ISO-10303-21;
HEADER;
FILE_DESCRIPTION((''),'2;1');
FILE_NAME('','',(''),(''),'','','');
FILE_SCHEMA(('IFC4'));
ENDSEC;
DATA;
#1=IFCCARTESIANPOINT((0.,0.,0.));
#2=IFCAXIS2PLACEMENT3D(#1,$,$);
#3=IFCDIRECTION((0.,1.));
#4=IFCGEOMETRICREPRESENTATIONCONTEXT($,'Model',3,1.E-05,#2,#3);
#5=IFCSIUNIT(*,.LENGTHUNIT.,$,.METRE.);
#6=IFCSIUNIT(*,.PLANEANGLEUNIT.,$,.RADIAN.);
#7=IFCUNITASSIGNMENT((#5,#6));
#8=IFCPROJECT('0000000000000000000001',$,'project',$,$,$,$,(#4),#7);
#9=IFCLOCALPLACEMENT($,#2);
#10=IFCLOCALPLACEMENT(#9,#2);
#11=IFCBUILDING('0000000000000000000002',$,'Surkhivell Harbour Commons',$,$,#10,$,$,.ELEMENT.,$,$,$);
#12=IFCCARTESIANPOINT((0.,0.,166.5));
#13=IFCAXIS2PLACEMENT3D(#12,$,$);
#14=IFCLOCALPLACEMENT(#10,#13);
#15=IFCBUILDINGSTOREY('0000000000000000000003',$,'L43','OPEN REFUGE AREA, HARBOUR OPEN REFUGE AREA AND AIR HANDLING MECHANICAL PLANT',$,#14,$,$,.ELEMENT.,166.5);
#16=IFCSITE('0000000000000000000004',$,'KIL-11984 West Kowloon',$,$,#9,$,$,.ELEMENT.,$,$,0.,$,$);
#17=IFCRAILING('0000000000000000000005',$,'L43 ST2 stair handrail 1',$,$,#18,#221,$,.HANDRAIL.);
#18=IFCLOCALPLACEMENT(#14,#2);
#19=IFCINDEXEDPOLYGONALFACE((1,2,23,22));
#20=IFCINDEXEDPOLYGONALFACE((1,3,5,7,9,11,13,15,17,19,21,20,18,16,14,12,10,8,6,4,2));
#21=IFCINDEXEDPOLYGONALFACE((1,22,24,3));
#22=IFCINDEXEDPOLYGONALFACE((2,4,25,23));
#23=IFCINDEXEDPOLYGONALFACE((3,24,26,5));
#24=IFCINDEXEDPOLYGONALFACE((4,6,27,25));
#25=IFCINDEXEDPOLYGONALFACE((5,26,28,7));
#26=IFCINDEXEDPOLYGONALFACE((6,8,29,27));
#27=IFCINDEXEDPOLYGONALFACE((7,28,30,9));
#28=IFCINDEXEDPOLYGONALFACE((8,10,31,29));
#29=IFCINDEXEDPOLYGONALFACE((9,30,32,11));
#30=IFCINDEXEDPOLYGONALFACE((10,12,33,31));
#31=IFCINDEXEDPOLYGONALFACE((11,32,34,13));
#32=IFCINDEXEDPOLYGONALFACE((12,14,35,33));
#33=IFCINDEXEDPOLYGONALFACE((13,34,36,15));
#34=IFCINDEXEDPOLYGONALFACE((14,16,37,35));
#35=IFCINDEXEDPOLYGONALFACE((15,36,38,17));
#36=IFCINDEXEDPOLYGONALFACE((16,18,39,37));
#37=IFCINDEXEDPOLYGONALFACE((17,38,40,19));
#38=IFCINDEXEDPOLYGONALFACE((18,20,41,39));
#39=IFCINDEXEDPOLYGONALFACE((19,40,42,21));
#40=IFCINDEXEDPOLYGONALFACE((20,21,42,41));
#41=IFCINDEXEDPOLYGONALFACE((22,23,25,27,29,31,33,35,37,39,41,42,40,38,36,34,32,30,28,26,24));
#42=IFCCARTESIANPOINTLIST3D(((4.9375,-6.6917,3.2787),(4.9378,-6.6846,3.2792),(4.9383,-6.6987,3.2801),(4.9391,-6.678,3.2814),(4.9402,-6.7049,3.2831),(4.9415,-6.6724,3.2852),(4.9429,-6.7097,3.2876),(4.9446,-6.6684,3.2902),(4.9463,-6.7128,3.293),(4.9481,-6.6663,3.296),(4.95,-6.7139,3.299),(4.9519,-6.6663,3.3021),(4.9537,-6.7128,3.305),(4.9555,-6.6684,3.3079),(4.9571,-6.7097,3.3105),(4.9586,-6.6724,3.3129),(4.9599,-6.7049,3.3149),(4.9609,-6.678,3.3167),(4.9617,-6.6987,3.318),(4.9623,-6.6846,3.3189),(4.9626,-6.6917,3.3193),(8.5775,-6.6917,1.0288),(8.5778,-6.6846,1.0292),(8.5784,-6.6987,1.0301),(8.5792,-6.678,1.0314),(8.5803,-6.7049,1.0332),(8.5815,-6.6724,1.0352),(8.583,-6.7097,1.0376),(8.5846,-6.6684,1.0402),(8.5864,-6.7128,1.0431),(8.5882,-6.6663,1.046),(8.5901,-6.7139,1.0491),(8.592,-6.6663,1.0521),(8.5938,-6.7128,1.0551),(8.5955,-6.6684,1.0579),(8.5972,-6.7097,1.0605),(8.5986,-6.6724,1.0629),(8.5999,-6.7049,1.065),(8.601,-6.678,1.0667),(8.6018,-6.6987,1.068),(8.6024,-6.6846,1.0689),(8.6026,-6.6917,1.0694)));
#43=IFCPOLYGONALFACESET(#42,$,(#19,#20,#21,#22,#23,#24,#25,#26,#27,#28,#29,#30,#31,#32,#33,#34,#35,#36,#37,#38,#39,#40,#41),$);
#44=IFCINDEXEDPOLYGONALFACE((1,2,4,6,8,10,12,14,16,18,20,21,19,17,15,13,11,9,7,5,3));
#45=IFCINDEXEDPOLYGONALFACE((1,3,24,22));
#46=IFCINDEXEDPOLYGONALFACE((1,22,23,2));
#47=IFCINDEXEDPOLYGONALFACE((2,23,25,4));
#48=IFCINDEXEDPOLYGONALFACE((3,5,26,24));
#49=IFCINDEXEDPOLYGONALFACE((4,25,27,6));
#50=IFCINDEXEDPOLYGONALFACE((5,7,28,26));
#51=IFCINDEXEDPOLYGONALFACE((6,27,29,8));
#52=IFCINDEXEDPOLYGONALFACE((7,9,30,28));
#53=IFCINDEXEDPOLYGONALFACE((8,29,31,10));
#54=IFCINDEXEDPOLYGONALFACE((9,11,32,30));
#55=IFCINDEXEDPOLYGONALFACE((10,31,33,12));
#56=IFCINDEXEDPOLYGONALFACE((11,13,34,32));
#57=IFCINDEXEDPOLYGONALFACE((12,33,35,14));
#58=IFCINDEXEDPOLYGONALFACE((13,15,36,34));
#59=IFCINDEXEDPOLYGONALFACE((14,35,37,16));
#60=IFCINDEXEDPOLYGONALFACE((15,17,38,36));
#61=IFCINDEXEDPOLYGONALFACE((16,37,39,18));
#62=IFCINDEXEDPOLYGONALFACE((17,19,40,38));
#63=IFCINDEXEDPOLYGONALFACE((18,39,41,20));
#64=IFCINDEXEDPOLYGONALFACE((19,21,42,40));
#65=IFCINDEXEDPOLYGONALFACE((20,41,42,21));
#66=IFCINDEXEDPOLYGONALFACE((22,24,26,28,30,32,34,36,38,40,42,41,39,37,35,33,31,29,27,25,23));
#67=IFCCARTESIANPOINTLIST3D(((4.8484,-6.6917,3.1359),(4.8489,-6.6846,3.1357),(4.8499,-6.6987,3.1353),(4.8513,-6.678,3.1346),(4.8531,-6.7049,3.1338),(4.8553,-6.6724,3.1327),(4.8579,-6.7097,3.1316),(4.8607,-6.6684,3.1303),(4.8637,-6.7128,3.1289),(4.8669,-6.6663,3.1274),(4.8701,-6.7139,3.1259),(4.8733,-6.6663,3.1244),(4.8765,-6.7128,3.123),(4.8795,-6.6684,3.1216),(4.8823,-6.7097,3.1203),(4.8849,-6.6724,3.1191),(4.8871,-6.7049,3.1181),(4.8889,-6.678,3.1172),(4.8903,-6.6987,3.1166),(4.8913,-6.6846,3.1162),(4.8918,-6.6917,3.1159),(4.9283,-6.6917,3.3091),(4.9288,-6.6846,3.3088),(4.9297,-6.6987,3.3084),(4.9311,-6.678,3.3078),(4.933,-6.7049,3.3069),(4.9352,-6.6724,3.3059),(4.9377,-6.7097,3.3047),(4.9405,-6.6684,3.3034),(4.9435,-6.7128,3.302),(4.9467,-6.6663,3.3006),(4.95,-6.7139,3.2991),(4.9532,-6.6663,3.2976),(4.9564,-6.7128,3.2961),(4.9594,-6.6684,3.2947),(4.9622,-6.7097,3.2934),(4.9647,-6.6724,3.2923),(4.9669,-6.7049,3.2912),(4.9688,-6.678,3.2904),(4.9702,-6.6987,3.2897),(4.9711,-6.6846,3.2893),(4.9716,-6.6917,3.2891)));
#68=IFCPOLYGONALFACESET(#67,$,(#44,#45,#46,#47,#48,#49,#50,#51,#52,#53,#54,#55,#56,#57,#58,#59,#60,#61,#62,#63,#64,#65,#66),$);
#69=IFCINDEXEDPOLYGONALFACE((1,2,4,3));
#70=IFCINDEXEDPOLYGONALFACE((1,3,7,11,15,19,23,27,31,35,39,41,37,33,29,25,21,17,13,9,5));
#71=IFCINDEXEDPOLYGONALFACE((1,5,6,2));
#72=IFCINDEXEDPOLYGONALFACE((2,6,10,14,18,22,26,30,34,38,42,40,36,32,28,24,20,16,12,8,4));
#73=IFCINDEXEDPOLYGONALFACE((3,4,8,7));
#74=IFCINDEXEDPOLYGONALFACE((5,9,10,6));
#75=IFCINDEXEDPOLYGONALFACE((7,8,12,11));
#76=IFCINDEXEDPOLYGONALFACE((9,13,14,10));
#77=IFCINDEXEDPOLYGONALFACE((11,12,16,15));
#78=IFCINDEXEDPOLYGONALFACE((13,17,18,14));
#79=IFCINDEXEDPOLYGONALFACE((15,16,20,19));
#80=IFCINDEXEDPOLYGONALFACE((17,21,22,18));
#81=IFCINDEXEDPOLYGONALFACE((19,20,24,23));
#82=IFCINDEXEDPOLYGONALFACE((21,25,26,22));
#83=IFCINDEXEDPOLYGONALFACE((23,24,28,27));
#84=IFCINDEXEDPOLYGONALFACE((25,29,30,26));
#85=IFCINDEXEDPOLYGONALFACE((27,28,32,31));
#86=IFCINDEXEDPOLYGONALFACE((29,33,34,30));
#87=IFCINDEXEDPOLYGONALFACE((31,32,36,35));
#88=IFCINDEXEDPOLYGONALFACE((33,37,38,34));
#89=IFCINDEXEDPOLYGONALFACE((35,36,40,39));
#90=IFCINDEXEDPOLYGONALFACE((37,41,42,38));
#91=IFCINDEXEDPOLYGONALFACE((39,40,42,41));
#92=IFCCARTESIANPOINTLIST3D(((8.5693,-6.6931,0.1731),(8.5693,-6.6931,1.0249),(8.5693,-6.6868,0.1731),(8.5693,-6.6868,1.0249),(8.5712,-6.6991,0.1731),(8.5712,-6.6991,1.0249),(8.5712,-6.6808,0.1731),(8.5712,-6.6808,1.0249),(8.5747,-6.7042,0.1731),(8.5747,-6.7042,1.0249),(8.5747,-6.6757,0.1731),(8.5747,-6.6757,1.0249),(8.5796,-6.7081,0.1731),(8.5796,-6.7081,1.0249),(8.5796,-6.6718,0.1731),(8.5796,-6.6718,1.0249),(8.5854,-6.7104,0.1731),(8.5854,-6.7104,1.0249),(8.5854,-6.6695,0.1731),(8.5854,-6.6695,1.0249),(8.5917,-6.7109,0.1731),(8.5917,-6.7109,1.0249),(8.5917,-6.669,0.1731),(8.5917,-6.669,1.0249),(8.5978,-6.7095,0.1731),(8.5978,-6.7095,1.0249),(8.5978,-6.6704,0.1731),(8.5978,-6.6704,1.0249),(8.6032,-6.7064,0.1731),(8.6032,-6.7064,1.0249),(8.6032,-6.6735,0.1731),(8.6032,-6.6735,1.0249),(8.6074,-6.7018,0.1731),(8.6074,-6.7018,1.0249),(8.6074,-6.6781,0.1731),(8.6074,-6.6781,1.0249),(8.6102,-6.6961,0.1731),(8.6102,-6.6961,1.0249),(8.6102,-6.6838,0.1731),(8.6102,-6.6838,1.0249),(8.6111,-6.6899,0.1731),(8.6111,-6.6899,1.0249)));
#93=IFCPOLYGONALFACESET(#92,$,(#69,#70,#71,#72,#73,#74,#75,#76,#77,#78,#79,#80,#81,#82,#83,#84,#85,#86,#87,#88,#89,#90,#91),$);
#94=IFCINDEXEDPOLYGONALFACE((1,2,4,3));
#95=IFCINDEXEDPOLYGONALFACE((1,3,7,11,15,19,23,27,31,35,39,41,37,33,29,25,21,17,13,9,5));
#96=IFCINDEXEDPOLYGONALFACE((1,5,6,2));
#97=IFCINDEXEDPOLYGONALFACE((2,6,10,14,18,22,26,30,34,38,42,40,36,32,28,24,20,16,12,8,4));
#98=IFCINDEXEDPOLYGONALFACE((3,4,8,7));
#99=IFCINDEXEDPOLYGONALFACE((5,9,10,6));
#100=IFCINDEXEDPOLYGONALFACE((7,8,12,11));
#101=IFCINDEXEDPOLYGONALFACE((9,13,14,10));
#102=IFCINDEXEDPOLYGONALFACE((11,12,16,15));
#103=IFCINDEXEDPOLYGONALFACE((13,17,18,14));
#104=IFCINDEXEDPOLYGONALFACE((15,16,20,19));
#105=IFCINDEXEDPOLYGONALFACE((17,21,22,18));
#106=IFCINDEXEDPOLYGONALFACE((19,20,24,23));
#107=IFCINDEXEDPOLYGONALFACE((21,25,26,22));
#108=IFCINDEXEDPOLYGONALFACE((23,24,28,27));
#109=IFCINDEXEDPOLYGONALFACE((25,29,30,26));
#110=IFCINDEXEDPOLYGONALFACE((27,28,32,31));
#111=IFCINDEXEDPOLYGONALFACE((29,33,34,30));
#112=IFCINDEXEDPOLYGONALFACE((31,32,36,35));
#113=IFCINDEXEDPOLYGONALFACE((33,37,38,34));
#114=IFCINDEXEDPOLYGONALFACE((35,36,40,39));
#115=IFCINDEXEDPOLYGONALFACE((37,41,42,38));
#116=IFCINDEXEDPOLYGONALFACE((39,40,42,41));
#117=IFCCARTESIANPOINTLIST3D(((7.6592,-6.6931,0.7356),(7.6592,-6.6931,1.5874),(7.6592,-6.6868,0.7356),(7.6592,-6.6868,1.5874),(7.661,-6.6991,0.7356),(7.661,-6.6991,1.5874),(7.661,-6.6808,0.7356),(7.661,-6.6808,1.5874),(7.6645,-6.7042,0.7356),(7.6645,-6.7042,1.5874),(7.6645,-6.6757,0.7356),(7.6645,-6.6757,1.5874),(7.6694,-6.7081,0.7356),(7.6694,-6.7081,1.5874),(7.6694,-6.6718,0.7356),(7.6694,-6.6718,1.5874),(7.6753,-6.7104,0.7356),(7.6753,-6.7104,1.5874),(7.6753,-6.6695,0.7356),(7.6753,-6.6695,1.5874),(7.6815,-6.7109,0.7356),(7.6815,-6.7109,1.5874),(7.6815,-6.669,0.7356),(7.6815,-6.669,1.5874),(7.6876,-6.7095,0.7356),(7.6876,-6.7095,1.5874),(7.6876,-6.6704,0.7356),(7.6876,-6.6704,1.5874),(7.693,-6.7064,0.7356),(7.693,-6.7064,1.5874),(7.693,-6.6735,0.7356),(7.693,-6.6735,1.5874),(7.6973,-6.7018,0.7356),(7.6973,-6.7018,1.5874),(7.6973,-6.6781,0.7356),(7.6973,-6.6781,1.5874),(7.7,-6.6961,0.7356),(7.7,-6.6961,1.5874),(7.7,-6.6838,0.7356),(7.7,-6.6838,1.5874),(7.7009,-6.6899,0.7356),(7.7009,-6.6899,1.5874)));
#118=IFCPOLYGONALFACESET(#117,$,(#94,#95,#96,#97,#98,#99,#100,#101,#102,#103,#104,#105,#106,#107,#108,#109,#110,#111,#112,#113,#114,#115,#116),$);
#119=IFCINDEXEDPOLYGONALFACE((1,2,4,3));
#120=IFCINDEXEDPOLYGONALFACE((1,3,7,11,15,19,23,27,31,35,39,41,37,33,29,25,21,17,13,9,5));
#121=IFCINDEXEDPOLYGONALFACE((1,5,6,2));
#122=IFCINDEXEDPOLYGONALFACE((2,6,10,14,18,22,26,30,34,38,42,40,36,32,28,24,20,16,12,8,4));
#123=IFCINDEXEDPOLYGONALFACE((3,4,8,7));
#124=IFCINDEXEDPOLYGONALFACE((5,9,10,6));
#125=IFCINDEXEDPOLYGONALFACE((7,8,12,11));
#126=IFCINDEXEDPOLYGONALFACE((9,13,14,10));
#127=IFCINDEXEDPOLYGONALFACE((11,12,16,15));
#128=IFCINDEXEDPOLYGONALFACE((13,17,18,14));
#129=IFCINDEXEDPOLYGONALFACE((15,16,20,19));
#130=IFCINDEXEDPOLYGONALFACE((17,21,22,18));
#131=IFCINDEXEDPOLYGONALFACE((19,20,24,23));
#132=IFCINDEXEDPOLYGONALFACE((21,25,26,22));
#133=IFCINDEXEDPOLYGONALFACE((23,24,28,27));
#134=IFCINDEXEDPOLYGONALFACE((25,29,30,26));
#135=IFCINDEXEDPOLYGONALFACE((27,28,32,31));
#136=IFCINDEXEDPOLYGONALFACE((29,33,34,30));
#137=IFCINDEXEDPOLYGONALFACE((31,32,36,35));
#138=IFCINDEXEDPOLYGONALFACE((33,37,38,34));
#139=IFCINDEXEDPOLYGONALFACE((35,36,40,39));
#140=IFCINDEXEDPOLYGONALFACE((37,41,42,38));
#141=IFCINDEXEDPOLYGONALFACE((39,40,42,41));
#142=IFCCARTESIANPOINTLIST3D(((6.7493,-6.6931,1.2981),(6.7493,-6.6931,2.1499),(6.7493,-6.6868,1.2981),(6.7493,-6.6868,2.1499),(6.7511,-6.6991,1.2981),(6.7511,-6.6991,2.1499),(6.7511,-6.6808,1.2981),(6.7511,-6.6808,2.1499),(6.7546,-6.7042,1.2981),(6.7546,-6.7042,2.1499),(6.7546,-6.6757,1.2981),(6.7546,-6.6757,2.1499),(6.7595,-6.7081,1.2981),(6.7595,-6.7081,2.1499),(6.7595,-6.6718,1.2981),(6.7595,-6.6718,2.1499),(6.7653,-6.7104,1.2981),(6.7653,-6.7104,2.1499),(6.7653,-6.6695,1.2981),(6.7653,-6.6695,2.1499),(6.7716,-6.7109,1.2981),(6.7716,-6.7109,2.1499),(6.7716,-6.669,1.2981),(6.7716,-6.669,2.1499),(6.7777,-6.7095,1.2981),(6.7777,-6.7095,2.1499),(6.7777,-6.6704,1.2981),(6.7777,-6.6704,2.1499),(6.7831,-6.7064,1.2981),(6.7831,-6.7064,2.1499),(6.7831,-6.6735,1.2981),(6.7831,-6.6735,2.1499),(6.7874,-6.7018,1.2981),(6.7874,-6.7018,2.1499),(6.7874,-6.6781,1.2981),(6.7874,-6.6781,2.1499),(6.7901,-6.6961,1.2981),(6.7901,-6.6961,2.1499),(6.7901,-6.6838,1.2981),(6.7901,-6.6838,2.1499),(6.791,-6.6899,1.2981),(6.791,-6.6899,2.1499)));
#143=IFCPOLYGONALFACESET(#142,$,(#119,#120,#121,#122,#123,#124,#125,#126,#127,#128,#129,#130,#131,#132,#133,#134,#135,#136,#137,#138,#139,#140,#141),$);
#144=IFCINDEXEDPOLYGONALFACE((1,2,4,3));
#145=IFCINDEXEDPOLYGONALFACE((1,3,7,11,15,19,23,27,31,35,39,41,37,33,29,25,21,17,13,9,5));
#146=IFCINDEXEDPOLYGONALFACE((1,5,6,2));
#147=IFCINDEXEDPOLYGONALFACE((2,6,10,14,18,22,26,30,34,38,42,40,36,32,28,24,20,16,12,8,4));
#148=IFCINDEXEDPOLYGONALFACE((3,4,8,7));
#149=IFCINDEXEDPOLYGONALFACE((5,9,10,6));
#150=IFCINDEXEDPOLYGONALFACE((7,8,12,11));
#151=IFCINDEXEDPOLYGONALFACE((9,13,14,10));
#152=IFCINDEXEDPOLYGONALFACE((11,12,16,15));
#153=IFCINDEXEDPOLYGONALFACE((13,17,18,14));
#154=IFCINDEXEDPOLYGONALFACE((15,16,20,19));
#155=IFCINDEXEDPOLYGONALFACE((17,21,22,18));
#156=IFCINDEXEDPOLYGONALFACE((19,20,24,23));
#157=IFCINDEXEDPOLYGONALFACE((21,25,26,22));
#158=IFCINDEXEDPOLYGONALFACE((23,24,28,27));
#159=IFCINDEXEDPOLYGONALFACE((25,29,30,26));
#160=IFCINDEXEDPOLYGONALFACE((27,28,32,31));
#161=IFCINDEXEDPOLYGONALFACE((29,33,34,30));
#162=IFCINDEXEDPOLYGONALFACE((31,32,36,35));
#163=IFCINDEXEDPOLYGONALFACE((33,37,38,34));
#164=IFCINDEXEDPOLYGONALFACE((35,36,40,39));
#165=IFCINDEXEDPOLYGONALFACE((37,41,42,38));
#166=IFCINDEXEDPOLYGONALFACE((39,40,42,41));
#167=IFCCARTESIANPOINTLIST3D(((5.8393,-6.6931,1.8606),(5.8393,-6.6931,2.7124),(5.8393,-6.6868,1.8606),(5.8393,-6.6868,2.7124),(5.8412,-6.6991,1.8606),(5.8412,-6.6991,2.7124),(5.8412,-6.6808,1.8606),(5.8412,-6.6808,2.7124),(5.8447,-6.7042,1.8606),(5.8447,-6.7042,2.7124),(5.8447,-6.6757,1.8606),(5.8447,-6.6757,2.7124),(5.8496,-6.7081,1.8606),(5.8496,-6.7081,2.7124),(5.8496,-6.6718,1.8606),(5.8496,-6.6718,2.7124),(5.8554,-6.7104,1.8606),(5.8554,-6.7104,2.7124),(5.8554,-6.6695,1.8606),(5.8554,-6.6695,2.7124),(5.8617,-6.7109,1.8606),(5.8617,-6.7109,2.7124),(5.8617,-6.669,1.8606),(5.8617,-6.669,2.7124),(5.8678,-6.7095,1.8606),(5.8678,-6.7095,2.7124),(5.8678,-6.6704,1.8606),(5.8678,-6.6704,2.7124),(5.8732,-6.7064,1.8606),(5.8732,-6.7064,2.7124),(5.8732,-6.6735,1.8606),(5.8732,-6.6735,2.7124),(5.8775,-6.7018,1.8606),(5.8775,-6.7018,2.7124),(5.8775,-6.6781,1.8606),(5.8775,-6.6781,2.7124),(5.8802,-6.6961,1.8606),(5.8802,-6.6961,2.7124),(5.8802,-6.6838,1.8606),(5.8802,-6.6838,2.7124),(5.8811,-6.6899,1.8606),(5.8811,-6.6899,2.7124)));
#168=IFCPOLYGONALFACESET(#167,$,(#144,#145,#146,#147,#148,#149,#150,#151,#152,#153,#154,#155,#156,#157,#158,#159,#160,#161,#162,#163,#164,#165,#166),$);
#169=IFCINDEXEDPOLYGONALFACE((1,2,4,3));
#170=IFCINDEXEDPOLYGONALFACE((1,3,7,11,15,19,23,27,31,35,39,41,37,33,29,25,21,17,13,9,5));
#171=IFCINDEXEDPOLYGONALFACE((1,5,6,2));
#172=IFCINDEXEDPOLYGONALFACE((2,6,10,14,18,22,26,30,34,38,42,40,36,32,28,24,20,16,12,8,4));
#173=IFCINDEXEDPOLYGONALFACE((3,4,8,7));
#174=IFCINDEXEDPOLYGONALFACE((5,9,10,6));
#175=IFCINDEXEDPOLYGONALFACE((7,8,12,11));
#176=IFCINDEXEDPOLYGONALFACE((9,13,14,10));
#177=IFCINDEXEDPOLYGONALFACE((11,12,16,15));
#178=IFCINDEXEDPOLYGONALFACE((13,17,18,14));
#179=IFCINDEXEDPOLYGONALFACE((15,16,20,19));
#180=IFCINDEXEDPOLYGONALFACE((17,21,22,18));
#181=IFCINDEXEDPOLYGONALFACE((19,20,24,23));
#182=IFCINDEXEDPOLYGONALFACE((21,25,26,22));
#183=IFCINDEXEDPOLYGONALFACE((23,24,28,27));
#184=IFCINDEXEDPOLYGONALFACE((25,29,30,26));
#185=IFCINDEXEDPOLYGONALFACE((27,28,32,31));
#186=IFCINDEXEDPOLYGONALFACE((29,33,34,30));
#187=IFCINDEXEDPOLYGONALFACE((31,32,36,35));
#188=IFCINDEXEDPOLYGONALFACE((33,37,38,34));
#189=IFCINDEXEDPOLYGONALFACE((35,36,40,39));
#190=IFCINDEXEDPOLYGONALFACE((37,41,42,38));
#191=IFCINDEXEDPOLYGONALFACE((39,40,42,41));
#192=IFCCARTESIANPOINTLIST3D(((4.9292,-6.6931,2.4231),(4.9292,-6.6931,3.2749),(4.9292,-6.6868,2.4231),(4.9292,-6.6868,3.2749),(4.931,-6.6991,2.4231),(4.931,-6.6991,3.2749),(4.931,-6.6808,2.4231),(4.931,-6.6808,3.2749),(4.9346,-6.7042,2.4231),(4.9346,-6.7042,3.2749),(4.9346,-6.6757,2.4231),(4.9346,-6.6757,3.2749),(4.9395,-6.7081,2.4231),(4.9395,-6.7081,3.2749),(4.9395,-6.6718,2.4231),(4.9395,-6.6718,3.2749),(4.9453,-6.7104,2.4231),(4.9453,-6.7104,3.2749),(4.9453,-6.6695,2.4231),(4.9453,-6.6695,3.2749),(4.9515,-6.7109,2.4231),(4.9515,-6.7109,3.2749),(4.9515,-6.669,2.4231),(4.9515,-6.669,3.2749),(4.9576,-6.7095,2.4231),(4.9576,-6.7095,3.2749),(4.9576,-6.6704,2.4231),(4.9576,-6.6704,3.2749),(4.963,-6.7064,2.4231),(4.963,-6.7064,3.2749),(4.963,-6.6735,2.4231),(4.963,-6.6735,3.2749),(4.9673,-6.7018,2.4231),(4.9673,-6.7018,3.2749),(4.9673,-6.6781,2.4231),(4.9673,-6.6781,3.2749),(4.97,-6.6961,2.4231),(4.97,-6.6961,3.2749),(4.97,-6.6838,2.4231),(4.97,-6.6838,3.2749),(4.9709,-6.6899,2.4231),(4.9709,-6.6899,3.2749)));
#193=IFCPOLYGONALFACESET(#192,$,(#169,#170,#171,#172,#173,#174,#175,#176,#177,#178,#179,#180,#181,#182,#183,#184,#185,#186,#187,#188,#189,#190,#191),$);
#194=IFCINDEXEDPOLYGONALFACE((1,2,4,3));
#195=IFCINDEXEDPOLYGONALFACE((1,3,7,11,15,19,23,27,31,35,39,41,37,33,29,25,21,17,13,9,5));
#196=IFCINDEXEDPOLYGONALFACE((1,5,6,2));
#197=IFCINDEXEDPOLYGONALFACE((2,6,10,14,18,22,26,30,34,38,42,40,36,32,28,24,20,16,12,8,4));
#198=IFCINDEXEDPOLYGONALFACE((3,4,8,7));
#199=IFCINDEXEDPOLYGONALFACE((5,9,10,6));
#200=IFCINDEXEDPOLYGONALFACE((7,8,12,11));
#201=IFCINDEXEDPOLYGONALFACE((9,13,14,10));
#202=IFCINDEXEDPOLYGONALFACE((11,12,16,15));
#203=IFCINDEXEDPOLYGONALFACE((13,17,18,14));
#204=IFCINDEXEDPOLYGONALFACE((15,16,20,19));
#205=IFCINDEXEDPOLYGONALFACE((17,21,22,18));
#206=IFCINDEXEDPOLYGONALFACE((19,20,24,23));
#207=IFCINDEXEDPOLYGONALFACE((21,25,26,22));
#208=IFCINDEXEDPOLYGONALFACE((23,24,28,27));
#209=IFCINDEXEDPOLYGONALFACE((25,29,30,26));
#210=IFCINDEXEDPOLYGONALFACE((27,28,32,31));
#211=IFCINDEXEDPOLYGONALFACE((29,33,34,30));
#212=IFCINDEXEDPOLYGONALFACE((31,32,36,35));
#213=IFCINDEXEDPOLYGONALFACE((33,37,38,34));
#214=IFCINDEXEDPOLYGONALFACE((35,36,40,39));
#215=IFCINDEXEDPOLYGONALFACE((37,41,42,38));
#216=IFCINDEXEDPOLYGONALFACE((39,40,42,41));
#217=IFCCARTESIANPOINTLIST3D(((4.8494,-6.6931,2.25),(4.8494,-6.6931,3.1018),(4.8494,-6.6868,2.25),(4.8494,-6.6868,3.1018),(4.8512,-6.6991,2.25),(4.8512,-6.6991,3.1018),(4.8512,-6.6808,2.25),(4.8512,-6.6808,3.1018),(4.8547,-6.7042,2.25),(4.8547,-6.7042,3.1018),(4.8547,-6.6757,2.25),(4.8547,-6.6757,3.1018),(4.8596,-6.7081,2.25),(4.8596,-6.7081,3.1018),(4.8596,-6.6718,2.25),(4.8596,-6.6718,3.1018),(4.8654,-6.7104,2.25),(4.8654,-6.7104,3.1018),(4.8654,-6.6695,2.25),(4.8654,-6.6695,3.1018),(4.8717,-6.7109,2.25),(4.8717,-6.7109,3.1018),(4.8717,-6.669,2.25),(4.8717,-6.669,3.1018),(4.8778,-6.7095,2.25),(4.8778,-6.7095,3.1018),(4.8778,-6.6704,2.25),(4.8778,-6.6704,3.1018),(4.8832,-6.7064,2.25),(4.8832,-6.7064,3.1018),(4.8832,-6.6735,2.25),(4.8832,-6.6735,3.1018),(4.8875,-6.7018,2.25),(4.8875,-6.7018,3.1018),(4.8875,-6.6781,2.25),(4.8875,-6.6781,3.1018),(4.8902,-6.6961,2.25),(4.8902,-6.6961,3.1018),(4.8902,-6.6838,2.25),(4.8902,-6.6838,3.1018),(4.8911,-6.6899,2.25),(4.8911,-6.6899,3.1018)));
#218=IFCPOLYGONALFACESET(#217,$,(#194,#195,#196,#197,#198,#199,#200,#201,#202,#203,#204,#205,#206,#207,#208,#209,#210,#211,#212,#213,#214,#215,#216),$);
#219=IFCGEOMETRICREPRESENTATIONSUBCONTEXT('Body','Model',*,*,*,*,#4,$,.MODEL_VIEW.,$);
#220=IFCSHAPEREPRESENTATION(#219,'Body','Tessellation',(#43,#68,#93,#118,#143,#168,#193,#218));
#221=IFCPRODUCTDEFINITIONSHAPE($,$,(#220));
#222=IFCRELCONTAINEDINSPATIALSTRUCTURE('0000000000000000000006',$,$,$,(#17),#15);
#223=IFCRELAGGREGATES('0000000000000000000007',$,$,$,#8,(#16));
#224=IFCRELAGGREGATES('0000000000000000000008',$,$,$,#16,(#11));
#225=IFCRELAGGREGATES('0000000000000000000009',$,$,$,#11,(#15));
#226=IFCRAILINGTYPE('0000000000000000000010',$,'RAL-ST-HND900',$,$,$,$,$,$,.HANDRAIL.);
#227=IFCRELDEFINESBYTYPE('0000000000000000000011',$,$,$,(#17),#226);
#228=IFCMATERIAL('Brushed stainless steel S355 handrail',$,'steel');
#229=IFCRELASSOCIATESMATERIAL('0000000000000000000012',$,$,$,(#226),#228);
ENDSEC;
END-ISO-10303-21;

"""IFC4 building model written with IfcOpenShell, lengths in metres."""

from ifc_helpers import new_model, si_unit, direction, frame, origin, origin_2d, place, context, subcontext, project, spatial, circle, extrude, material, type_object, element, save


model = new_model("IFC4")

# Units and contexts
model_context = context("Model", 3, precision=1e-05, world=origin(), true_north=direction((0.0, 1.0)))
body_context = subcontext(model_context, "Body", "Model", "MODEL_VIEW")
ifc_project = project(units=[si_unit("LENGTHUNIT", "METRE"), si_unit("PLANEANGLEUNIT", "RADIAN")], contexts=[model_context])

# Site, building, storey
site_placement = place(None, origin())
site = spatial("IfcSite", under=ifc_project, at=site_placement, Name="KIL-11984 West Kowloon", CompositionType="ELEMENT", RefElevation=0.0)
building_placement = place(site_placement, origin())
building = spatial("IfcBuilding", under=site, at=building_placement, Name="Surkhivell Harbour Commons", CompositionType="ELEMENT")
storey_placement = place(building_placement, frame((0.0, 0.0, 166.5)))
storey = spatial("IfcBuildingStorey", under=building, at=storey_placement, Name="L43", Description="OPEN REFUGE AREA, HARBOUR OPEN REFUGE AREA AND AIR HANDLING MECHANICAL PLANT", CompositionType="ELEMENT", Elevation=166.5)

# Railing
ifc_material_1 = material(Name="Brushed stainless steel S355 handrail", Category="steel")
railing_type_1 = type_object("IfcRailingType", Name="RAL-ST-HND900", PredefinedType="HANDRAIL", material=ifc_material_1)
railing_1_placement = place(storey_placement, frame((8.5901, -6.6899, 0.1731)))
element("IfcRailing", 1, at=railing_1_placement, inside=storey, type_object=railing_type_1, Name="L43 ST2 stair handrail 1", PredefinedType="HANDRAIL", context=body_context, shape_type="SweptSolid", body=[
    extrude(circle(Radius=0.0239, at=origin_2d()), frame((0.0, 0.0, 0.876), z_axis=(-0.850622, 0.0, 0.525777), x_axis=(0.0, -1.0, 0.0)), (0.0, 0.0, 1.0), 4.2793),
    extrude(circle(Radius=0.0239, at=origin_2d()), frame((-3.6401, 0.0, 3.126), z_axis=(-0.418815, 0.0, -0.908072), x_axis=(0.0, -1.0, 0.0)), (0.0, 0.0, 1.0), 0.1907),
    extrude(circle(Radius=0.021, at=origin_2d()), origin(), (0.0, 0.0, 1.0), 0.8518),
    extrude(circle(Radius=0.021, at=origin_2d()), frame((-0.9102, 0.0, 0.5625)), (0.0, 0.0, 1.0), 0.8518),
    extrude(circle(Radius=0.021, at=origin_2d()), frame((-1.8201, 0.0, 1.125)), (0.0, 0.0, 1.0), 0.8518),
    extrude(circle(Radius=0.021, at=origin_2d()), frame((-2.73, 0.0, 1.6875)), (0.0, 0.0, 1.0), 0.8518),
    extrude(circle(Radius=0.021, at=origin_2d()), frame((-3.6401, 0.0, 2.25)), (0.0, 0.0, 1.0), 0.8518),
    extrude(circle(Radius=0.021, at=origin_2d()), frame((-3.72, 0.0, 2.0769)), (0.0, 0.0, 1.0), 0.8518),
])

save(model, "model.ifc")
